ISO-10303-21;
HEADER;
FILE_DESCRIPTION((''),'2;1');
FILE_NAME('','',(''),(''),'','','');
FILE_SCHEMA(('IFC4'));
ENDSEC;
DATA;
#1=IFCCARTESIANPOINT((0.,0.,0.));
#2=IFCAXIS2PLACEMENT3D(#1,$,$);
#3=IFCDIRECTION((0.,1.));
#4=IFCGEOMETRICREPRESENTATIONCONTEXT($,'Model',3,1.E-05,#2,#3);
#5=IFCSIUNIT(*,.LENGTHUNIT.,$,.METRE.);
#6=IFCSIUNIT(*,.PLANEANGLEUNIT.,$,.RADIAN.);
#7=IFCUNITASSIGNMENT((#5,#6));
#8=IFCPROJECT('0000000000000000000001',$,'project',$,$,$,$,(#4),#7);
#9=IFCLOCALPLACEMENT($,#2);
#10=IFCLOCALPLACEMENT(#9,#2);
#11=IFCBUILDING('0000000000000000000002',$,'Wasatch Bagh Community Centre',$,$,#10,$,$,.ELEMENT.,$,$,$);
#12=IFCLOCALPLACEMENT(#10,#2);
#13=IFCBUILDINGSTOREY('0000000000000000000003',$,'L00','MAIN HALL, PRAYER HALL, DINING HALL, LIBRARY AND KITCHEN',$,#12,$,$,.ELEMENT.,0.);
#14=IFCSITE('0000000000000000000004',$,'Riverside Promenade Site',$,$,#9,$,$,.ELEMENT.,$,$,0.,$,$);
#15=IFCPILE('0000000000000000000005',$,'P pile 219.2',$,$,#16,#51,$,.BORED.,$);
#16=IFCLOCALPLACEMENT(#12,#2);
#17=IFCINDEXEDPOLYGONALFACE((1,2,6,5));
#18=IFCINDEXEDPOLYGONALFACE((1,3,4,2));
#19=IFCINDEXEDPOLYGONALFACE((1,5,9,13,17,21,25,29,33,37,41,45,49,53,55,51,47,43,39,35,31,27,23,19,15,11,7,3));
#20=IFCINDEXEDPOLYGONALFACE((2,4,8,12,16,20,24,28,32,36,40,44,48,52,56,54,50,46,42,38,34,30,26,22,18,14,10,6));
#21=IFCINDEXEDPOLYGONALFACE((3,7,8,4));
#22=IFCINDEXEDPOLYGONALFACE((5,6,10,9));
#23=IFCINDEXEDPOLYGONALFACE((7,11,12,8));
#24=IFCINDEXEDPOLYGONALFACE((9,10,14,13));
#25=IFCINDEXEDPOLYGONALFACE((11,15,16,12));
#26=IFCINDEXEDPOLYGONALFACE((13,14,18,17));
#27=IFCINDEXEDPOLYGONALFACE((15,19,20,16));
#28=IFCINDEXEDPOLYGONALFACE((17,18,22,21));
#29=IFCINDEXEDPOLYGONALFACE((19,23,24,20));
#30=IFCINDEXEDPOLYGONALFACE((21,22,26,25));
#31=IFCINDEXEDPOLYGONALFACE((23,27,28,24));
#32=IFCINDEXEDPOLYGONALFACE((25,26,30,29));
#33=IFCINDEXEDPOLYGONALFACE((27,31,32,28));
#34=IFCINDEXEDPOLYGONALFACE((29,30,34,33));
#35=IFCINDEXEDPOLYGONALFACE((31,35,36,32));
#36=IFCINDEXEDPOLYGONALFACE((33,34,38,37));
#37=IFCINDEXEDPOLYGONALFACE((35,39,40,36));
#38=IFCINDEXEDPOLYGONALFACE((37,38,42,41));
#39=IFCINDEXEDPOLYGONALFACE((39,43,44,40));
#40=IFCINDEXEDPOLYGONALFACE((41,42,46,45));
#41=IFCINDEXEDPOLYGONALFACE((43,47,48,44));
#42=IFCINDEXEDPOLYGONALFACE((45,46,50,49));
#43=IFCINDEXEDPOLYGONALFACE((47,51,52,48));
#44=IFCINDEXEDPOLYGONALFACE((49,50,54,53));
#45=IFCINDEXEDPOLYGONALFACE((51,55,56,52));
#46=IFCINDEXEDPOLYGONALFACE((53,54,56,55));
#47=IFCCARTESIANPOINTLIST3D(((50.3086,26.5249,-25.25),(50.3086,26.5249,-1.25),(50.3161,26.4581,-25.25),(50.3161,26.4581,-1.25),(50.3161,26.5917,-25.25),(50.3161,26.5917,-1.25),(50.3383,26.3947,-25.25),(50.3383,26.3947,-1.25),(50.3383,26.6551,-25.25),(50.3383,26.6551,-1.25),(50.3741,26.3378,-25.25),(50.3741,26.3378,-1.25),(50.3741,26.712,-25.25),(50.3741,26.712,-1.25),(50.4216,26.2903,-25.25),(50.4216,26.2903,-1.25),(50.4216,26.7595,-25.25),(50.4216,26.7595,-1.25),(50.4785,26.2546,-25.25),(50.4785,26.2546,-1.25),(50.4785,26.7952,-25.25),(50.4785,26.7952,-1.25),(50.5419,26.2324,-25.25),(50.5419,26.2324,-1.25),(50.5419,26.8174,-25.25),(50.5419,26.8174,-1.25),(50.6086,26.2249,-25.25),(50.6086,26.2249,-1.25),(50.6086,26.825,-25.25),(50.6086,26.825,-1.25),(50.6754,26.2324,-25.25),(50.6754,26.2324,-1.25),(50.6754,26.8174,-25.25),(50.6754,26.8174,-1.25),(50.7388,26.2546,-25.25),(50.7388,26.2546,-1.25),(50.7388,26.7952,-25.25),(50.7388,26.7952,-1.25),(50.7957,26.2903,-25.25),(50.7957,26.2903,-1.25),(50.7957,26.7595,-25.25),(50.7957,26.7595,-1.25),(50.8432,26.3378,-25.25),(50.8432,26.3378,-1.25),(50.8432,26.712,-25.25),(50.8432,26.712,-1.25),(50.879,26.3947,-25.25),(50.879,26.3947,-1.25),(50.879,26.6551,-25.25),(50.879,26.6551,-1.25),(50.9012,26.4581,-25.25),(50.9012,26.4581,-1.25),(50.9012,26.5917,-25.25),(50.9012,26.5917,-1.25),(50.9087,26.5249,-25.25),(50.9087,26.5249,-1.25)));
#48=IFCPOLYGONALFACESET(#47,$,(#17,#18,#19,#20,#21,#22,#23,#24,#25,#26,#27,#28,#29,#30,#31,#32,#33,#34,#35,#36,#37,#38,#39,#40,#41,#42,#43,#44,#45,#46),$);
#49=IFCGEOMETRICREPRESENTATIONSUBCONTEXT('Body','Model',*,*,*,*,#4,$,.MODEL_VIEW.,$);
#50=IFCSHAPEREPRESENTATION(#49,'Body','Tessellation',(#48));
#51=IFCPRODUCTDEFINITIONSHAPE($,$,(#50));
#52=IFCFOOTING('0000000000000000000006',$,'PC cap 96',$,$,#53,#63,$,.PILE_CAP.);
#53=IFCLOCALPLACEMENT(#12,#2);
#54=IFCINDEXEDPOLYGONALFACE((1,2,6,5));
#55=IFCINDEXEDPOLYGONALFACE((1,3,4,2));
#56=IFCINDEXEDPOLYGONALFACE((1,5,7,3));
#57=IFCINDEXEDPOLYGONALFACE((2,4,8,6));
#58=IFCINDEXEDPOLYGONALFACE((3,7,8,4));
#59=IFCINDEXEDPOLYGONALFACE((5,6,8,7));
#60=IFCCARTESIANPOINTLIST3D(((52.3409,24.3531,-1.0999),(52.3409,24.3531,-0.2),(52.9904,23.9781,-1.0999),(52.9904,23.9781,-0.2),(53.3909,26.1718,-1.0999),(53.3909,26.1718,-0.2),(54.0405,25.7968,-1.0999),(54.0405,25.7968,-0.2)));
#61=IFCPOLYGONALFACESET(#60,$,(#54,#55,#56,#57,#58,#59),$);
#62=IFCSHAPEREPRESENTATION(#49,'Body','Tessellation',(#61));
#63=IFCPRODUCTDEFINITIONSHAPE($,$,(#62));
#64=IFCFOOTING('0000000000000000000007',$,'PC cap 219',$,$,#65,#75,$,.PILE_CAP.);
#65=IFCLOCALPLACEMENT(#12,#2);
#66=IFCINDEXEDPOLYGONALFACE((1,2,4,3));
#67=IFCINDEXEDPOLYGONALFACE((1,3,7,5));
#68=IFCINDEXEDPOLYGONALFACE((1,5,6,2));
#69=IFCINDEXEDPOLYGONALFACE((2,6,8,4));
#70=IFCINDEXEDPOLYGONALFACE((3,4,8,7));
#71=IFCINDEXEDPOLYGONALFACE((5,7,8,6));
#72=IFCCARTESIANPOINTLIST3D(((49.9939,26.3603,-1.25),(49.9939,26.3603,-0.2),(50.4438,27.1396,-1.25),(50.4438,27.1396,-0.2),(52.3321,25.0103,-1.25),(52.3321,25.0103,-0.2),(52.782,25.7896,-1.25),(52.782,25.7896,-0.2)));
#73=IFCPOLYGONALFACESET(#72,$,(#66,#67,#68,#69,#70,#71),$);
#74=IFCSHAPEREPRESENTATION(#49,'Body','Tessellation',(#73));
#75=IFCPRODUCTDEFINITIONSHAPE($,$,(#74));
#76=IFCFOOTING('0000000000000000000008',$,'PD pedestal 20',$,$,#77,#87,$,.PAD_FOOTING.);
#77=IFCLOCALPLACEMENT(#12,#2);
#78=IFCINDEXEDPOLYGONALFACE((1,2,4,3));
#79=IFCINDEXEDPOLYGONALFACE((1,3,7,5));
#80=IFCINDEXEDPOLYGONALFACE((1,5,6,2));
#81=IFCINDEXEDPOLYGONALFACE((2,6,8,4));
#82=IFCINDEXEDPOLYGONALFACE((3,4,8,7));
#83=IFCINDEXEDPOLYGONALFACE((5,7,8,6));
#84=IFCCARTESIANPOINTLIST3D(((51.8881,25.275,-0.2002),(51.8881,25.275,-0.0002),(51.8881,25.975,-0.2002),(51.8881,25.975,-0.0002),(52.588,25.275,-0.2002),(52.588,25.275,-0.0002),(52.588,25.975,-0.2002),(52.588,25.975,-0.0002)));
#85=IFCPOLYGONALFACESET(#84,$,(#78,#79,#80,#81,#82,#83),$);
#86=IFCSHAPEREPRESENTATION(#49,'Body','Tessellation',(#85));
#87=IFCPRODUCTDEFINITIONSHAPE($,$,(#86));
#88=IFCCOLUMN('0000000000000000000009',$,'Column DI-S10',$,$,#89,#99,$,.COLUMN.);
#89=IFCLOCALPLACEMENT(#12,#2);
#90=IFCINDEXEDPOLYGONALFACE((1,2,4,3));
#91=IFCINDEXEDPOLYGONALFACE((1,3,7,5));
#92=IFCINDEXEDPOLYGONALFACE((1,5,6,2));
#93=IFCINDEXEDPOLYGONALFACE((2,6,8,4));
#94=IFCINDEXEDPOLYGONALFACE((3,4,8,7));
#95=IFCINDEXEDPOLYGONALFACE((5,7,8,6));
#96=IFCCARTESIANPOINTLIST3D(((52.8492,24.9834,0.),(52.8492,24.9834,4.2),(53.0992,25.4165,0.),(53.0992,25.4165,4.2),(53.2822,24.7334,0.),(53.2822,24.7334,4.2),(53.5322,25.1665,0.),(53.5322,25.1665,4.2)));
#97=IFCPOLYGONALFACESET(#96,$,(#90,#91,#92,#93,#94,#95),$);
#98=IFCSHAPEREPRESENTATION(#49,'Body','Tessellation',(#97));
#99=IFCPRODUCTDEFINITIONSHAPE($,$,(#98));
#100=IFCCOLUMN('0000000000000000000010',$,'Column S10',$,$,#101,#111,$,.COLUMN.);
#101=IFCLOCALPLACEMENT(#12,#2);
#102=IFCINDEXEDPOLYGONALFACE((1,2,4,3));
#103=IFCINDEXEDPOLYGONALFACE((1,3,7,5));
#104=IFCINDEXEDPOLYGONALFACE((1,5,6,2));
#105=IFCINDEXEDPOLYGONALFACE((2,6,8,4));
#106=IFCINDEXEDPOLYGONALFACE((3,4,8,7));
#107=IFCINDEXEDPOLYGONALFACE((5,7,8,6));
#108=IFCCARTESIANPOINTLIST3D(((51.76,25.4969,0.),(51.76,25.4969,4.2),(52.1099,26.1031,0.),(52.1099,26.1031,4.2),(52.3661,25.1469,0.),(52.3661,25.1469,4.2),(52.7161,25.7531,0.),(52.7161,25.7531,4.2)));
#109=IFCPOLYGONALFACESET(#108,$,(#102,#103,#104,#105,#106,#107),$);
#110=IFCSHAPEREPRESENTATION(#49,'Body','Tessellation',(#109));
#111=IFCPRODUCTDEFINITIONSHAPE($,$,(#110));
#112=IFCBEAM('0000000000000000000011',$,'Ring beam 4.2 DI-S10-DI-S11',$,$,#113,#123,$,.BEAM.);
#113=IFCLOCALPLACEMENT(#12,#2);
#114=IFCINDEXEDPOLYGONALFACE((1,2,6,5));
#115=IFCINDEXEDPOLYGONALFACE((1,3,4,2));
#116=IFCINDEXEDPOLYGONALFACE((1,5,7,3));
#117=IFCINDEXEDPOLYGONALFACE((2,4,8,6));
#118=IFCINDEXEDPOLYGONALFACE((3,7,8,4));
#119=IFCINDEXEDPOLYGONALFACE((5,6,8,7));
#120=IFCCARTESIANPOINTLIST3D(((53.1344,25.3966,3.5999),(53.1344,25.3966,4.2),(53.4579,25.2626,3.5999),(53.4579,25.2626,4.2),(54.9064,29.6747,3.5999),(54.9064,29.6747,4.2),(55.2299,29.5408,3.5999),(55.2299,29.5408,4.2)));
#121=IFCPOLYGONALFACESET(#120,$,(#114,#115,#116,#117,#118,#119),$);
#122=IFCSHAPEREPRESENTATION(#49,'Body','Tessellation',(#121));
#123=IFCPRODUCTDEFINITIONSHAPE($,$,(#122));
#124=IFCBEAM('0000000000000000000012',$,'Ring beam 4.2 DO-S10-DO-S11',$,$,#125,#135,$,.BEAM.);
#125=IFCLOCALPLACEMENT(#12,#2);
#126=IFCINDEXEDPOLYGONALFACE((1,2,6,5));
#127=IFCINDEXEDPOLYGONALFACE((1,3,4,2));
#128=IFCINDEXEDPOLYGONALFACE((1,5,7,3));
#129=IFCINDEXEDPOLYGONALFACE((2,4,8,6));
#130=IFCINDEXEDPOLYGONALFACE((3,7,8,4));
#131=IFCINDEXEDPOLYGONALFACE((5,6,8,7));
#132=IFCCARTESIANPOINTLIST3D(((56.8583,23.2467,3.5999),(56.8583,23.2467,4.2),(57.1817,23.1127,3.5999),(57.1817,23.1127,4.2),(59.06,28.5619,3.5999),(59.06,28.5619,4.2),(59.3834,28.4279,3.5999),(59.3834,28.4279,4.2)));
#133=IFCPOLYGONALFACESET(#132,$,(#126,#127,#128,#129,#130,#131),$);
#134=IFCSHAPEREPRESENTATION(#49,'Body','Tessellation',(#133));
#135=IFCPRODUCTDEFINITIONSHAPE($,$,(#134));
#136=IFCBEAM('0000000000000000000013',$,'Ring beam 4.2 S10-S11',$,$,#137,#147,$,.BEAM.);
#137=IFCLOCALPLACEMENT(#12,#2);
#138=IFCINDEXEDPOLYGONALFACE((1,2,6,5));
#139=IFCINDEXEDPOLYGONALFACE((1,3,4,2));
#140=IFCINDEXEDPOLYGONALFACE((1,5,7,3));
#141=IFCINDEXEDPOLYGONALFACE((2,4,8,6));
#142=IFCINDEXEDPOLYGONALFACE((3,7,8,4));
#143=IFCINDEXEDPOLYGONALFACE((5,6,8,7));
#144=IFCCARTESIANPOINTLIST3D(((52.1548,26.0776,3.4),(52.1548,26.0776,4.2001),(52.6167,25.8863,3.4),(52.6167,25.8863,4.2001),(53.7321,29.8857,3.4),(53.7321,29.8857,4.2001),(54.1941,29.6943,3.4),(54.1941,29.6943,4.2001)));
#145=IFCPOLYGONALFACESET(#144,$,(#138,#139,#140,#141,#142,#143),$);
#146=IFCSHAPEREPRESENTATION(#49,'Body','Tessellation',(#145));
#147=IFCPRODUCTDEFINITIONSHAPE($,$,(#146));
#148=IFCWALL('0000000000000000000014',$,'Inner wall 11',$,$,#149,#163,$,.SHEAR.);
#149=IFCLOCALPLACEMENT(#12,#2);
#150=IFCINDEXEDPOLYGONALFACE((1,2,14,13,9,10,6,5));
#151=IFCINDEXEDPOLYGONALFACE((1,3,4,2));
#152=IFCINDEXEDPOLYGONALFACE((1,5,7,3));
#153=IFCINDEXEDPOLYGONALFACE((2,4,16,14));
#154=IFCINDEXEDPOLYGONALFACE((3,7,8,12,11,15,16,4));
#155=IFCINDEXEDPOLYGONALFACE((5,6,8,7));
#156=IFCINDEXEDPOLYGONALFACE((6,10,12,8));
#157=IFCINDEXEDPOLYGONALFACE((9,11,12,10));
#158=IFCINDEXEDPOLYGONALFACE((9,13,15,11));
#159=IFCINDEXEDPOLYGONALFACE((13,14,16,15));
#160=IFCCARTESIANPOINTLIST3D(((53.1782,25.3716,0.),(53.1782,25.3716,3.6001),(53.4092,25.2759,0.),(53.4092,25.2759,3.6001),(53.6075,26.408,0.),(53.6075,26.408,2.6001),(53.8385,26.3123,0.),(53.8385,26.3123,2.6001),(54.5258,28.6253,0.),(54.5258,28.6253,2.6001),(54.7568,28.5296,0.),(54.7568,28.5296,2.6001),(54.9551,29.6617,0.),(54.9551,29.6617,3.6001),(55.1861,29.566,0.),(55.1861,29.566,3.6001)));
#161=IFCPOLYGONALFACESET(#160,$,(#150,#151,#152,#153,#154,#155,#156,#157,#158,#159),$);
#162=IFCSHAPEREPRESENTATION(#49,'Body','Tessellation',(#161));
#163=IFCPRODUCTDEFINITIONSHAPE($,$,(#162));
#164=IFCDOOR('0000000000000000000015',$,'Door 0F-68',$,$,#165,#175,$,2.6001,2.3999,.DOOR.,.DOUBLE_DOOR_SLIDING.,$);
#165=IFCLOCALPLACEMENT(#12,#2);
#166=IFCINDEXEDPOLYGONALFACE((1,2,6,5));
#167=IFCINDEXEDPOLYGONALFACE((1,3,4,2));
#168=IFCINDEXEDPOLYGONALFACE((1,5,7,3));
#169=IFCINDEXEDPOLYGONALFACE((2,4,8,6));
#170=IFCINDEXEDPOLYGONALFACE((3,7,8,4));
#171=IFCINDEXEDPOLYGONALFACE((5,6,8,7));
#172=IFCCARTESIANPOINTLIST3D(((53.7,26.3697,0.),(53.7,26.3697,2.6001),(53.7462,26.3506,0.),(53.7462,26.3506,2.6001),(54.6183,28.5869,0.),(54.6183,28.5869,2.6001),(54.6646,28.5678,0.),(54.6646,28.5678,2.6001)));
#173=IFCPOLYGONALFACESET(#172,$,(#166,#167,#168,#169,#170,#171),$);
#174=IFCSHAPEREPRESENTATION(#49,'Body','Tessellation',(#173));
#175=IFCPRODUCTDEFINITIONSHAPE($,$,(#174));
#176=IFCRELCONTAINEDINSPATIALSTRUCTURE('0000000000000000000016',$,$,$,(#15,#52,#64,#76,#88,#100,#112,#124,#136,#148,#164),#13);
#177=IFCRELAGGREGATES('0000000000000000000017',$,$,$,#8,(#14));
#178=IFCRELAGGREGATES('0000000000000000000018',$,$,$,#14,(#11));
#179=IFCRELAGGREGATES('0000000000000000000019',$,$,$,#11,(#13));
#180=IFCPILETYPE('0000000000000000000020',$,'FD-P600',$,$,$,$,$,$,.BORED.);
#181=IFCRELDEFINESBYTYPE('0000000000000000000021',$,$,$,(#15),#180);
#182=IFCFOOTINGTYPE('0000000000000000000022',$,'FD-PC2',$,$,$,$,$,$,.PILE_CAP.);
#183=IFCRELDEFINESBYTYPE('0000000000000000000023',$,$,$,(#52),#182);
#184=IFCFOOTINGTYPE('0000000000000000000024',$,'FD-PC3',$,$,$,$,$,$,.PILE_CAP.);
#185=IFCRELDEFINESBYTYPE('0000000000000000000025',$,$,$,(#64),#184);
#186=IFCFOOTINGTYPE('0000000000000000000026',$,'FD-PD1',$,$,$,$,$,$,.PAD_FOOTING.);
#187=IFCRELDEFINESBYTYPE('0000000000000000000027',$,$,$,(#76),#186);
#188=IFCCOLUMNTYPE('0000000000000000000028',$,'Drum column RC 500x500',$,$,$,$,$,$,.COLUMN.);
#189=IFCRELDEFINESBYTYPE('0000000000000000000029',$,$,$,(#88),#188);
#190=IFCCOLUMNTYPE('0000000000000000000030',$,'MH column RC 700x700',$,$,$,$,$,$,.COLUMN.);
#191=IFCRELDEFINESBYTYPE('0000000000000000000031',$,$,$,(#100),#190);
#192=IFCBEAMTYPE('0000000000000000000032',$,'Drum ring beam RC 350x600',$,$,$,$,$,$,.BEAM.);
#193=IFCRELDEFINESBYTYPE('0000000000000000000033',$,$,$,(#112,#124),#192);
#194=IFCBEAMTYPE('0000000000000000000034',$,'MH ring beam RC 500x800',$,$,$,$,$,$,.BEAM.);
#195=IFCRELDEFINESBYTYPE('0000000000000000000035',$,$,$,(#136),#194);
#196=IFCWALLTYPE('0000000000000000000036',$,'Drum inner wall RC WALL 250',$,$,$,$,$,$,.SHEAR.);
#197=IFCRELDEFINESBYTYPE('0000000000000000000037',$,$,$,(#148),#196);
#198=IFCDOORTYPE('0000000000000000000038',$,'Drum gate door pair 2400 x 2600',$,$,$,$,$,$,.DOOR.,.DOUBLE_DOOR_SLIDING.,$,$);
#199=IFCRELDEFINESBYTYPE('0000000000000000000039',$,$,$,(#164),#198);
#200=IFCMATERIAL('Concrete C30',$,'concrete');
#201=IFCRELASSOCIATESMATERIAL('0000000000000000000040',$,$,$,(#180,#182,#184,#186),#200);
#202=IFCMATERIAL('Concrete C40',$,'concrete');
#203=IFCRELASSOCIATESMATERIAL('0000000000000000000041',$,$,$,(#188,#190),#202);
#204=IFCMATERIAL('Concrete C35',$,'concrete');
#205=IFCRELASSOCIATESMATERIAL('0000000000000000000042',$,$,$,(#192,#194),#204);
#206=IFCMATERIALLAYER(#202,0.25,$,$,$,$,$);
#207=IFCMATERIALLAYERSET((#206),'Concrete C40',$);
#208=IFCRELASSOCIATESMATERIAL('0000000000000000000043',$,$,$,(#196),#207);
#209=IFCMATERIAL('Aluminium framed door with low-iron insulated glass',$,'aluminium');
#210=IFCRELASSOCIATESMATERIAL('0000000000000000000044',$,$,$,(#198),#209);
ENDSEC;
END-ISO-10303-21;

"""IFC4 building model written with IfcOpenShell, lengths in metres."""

from ifc_helpers import new_model, si_unit, direction, frame, frame_2d, origin, origin_2d, place, context, subcontext, project, spatial, rectangle, circle, extrude, material, layer, layer_set, material_profile, profile_set, type_object, element, fill, save


model = new_model("IFC4")

# Units and contexts
model_context = context("Model", 3, precision=1e-05, world=origin(), true_north=direction((0.0, 1.0)))
body_context = subcontext(model_context, "Body", "Model", "MODEL_VIEW")
ifc_project = project(units=[si_unit("LENGTHUNIT", "METRE"), si_unit("PLANEANGLEUNIT", "RADIAN")], contexts=[model_context])

# Site, building, storey
site_placement = place(None, origin())
site = spatial("IfcSite", under=ifc_project, at=site_placement, Name="Riverside Promenade Site", CompositionType="ELEMENT", RefElevation=0.0)
building_placement = place(site_placement, origin())
building = spatial("IfcBuilding", under=site, at=building_placement, Name="Wasatch Bagh Community Centre", CompositionType="ELEMENT")
storey_placement = place(building_placement, origin())
storey = spatial("IfcBuildingStorey", under=building, at=storey_placement, Name="L00", Description="MAIN HALL, PRAYER HALL, DINING HALL, LIBRARY AND KITCHEN", CompositionType="ELEMENT", Elevation=0.0)

# Shared definitions
ifc_material_1 = material(Name="Concrete C35", Category="concrete")

# Pile
ifc_material_2 = material(Name="Concrete C30", Category="concrete")
ifc_material_profile_1 = material_profile(ifc_material_2, circle(Radius=0.3, at=origin_2d()), Name="RC D600")
ifc_profile_set_1 = profile_set([ifc_material_profile_1], Name="Concrete C30")
pile_type_1 = type_object("IfcPileType", Name="FD-P600", PredefinedType="BORED", material=ifc_profile_set_1)
for number, where, z_axis, x_axis, name in (
    (1, (50.6086, 26.5249, -1.25), (0.0, 0.0, -1.0), (1.0, 0.0, 0.0), "P pile 219.2"),
):
    element("IfcPile", number, at=place(storey_placement, frame(where, z_axis=z_axis, x_axis=x_axis)), inside=storey, type_object=pile_type_1, Name=name, PredefinedType="BORED", context=body_context, shape_type="SweptSolid", body=[
        extrude(circle(Radius=0.3, at=origin_2d()), origin(), (0.0, 0.0, 1.0), 24.0),
    ])

# Footings
footing_type_1 = type_object("IfcFootingType", Name="FD-PC2", PredefinedType="PILE_CAP", material=ifc_material_2)
footing_1_placement = place(storey_placement, frame((53.1907, 25.075, -1.0999), z_axis=(0.0, 0.0, 1.0), x_axis=(0.5, 0.866025, 0.0)))
element("IfcFooting", 2, at=footing_1_placement, inside=storey, type_object=footing_type_1, Name="PC cap 96", PredefinedType="PILE_CAP", context=body_context, shape_type="SweptSolid", body=[
    extrude(rectangle(XDim=2.1001, YDim=0.75, at=origin_2d()), origin(), (0.0, 0.0, 1.0), 0.8999),
])
footing_type_2 = type_object("IfcFootingType", Name="FD-PC3", PredefinedType="PILE_CAP", material=ifc_material_2)
footing_2_placement = place(storey_placement, frame((51.3879, 26.075, -1.25), z_axis=(0.0, 0.0, 1.0), x_axis=(-0.866025, 0.5, 0.0)))
element("IfcFooting", 3, at=footing_2_placement, inside=storey, type_object=footing_type_2, Name="PC cap 219", PredefinedType="PILE_CAP", context=body_context, shape_type="SweptSolid", body=[
    extrude(rectangle(XDim=2.7, YDim=0.8999, at=origin_2d()), origin(), (0.0, 0.0, 1.0), 1.05),
])
footing_type_3 = type_object("IfcFootingType", Name="FD-PD1", PredefinedType="PAD_FOOTING", material=ifc_material_2)
footing_3_placement = place(storey_placement, frame((52.238, 25.625, -0.2002), z_axis=(0.0, 0.0, 1.0), x_axis=(1.0, 0.0, 0.0)))
element("IfcFooting", 4, at=footing_3_placement, inside=storey, type_object=footing_type_3, Name="PD pedestal 20", PredefinedType="PAD_FOOTING", context=body_context, shape_type="SweptSolid", body=[
    extrude(rectangle(XDim=0.7, YDim=0.7, at=origin_2d()), origin(), (0.0, 0.0, 1.0), 0.2),
])

# Columns
ifc_material_3 = material(Name="Concrete C40", Category="concrete")
ifc_material_profile_2 = material_profile(ifc_material_3, rectangle(XDim=0.5, YDim=0.5, at=origin_2d()), Name="RC 500x500")
ifc_profile_set_2 = profile_set([ifc_material_profile_2], Name="Concrete C40")
column_type_1 = type_object("IfcColumnType", Name="Drum column RC 500x500", PredefinedType="COLUMN", material=ifc_profile_set_2)
column_1_placement = place(storey_placement, frame((53.1907, 25.075, 0.0), z_axis=(0.0, 0.0, 1.0), x_axis=(0.5, 0.866025, 0.0)))
element("IfcColumn", 5, at=column_1_placement, inside=storey, type_object=column_type_1, Name="Column DI-S10", PredefinedType="COLUMN", context=body_context, shape_type="SweptSolid", body=[
    extrude(rectangle(XDim=0.5, YDim=0.5, at=origin_2d()), origin(), (0.0, 0.0, 1.0), 4.2),
])
ifc_material_profile_3 = material_profile(ifc_material_3, rectangle(XDim=0.7, YDim=0.7, at=origin_2d()), Name="RC 700x700")
ifc_profile_set_3 = profile_set([ifc_material_profile_3], Name="Concrete C40")
column_type_2 = type_object("IfcColumnType", Name="MH column RC 700x700", PredefinedType="COLUMN", material=ifc_profile_set_3)
column_2_placement = place(storey_placement, frame((52.238, 25.625, 0.0), z_axis=(0.0, 0.0, 1.0), x_axis=(0.5, 0.866025, 0.0)))
element("IfcColumn", 6, at=column_2_placement, inside=storey, type_object=column_type_2, Name="Column S10", PredefinedType="COLUMN", context=body_context, shape_type="SweptSolid", body=[
    extrude(rectangle(XDim=0.7, YDim=0.7, at=origin_2d()), origin(), (0.0, 0.0, 1.0), 4.2),
])

# Beams
ifc_material_profile_4 = material_profile(ifc_material_1, rectangle(XDim=0.3501, YDim=0.6001, at=origin_2d()), Name="RC 350x600")
ifc_profile_set_4 = profile_set([ifc_material_profile_4], Name="Concrete C35")
beam_type_1 = type_object("IfcBeamType", Name="Drum ring beam RC 350x600", PredefinedType="BEAM", material=ifc_profile_set_4)
beam_1_placement = place(storey_placement, frame((53.2961, 25.3296, 3.8999), z_axis=(0.382672, 0.923884, 0.0), x_axis=(-0.923884, 0.382672, 0.0)))
element("IfcBeam", 7, at=beam_1_placement, inside=storey, type_object=beam_type_1, Name="Ring beam 4.2 DI-S10-DI-S11", PredefinedType="BEAM", context=body_context, shape_type="SweptSolid", body=[
    extrude(rectangle(XDim=0.3501, YDim=0.6001, at=origin_2d()), origin(), (0.0, 0.0, 1.0), 4.6306),
])
beam_2_placement = place(storey_placement, frame((57.02, 23.1797, 3.8999), z_axis=(0.382689, 0.923877, 0.0), x_axis=(-0.923877, 0.382689, 0.0)))
element("IfcBeam", 8, at=beam_2_placement, inside=storey, type_object=beam_type_1, Name="Ring beam 4.2 DO-S10-DO-S11", PredefinedType="BEAM", context=body_context, shape_type="SweptSolid", body=[
    extrude(rectangle(XDim=0.3501, YDim=0.6001, at=origin_2d()), origin(), (0.0, 0.0, 1.0), 5.7532),
])
ifc_material_profile_5 = material_profile(ifc_material_1, rectangle(XDim=0.5, YDim=0.8, at=origin_2d()), Name="RC 500x800")
ifc_profile_set_5 = profile_set([ifc_material_profile_5], Name="Concrete C35")
beam_type_2 = type_object("IfcBeamType", Name="MH ring beam RC 500x800", PredefinedType="BEAM", material=ifc_profile_set_5)
beam_3_placement = place(storey_placement, frame((52.3857, 25.9819, 3.8), z_axis=(0.382688, 0.923878, 0.0), x_axis=(-0.923878, 0.382688, 0.0)))
element("IfcBeam", 9, at=beam_3_placement, inside=storey, type_object=beam_type_2, Name="Ring beam 4.2 S10-S11", PredefinedType="BEAM", context=body_context, shape_type="SweptSolid", body=[
    extrude(rectangle(XDim=0.5, YDim=0.8, at=origin_2d()), origin(), (0.0, 0.0, 1.0), 4.1218),
])

# Wall, opening, door
ifc_material_4 = material(Name="Aluminium framed door with low-iron insulated glass", Category="aluminium")
ifc_layer_1 = layer(ifc_material_3, 0.25)
ifc_layer_set_1 = layer_set([ifc_layer_1], Name="Concrete C40")
wall_type_1 = type_object("IfcWallType", Name="Drum inner wall RC WALL 250", PredefinedType="SHEAR", material=ifc_layer_set_1)
wall_1_placement = place(storey_placement, frame((53.2937, 25.3237, 0.0), z_axis=(0.0, 0.0, 1.0), x_axis=(0.382658, 0.92389, 0.0)))
wall_1 = element("IfcWall", 10, at=wall_1_placement, inside=storey, type_object=wall_type_1, Name="Inner wall 11", PredefinedType="SHEAR", context=body_context, shape_type="SweptSolid", body=[
    extrude(rectangle(XDim=4.6436, YDim=0.25, at=frame_2d((2.3218, 0.0))), origin(), (0.0, 0.0, 1.0), 3.6001),
])
opening_1_placement = place(wall_1_placement, frame((1.1218, 0.0, 0.0)))
opening_1 = element("IfcOpeningElement", 11, at=opening_1_placement, cuts=wall_1, PredefinedType="OPENING", context=body_context, shape_type="SweptSolid", body=[
    extrude(rectangle(XDim=2.3999, YDim=2.6001, at=frame_2d((1.2, 1.3))), frame((0.0, 0.135, 0.0), z_axis=(0.0, -1.0, 0.0), x_axis=(1.0, 0.0, 0.0)), (0.0, 0.0, 1.0), 0.27),
])
door_type_1 = type_object("IfcDoorType", Name="Drum gate door pair 2400 x 2600", OperationType="DOUBLE_DOOR_SLIDING", PredefinedType="DOOR", material=ifc_material_4)
door_1_placement = place(opening_1_placement, origin())
door_1 = element("IfcDoor", 12, at=door_1_placement, inside=storey, type_object=door_type_1, Name="Door 0F-68", OperationType="DOUBLE_DOOR_SLIDING", OverallHeight=2.6001, OverallWidth=2.3999, PredefinedType="DOOR", context=body_context, shape_type="SweptSolid", body=[
    extrude(rectangle(XDim=2.3999, YDim=2.6001, at=frame_2d((1.2, 1.3))), frame((0.0, 0.0249, 0.0), z_axis=(0.0, -1.0, 0.0), x_axis=(1.0, 0.0, 0.0)), (0.0, 0.0, 1.0), 0.05),
])
fill(opening_1, door_1)

save(model, "model.ifc")
